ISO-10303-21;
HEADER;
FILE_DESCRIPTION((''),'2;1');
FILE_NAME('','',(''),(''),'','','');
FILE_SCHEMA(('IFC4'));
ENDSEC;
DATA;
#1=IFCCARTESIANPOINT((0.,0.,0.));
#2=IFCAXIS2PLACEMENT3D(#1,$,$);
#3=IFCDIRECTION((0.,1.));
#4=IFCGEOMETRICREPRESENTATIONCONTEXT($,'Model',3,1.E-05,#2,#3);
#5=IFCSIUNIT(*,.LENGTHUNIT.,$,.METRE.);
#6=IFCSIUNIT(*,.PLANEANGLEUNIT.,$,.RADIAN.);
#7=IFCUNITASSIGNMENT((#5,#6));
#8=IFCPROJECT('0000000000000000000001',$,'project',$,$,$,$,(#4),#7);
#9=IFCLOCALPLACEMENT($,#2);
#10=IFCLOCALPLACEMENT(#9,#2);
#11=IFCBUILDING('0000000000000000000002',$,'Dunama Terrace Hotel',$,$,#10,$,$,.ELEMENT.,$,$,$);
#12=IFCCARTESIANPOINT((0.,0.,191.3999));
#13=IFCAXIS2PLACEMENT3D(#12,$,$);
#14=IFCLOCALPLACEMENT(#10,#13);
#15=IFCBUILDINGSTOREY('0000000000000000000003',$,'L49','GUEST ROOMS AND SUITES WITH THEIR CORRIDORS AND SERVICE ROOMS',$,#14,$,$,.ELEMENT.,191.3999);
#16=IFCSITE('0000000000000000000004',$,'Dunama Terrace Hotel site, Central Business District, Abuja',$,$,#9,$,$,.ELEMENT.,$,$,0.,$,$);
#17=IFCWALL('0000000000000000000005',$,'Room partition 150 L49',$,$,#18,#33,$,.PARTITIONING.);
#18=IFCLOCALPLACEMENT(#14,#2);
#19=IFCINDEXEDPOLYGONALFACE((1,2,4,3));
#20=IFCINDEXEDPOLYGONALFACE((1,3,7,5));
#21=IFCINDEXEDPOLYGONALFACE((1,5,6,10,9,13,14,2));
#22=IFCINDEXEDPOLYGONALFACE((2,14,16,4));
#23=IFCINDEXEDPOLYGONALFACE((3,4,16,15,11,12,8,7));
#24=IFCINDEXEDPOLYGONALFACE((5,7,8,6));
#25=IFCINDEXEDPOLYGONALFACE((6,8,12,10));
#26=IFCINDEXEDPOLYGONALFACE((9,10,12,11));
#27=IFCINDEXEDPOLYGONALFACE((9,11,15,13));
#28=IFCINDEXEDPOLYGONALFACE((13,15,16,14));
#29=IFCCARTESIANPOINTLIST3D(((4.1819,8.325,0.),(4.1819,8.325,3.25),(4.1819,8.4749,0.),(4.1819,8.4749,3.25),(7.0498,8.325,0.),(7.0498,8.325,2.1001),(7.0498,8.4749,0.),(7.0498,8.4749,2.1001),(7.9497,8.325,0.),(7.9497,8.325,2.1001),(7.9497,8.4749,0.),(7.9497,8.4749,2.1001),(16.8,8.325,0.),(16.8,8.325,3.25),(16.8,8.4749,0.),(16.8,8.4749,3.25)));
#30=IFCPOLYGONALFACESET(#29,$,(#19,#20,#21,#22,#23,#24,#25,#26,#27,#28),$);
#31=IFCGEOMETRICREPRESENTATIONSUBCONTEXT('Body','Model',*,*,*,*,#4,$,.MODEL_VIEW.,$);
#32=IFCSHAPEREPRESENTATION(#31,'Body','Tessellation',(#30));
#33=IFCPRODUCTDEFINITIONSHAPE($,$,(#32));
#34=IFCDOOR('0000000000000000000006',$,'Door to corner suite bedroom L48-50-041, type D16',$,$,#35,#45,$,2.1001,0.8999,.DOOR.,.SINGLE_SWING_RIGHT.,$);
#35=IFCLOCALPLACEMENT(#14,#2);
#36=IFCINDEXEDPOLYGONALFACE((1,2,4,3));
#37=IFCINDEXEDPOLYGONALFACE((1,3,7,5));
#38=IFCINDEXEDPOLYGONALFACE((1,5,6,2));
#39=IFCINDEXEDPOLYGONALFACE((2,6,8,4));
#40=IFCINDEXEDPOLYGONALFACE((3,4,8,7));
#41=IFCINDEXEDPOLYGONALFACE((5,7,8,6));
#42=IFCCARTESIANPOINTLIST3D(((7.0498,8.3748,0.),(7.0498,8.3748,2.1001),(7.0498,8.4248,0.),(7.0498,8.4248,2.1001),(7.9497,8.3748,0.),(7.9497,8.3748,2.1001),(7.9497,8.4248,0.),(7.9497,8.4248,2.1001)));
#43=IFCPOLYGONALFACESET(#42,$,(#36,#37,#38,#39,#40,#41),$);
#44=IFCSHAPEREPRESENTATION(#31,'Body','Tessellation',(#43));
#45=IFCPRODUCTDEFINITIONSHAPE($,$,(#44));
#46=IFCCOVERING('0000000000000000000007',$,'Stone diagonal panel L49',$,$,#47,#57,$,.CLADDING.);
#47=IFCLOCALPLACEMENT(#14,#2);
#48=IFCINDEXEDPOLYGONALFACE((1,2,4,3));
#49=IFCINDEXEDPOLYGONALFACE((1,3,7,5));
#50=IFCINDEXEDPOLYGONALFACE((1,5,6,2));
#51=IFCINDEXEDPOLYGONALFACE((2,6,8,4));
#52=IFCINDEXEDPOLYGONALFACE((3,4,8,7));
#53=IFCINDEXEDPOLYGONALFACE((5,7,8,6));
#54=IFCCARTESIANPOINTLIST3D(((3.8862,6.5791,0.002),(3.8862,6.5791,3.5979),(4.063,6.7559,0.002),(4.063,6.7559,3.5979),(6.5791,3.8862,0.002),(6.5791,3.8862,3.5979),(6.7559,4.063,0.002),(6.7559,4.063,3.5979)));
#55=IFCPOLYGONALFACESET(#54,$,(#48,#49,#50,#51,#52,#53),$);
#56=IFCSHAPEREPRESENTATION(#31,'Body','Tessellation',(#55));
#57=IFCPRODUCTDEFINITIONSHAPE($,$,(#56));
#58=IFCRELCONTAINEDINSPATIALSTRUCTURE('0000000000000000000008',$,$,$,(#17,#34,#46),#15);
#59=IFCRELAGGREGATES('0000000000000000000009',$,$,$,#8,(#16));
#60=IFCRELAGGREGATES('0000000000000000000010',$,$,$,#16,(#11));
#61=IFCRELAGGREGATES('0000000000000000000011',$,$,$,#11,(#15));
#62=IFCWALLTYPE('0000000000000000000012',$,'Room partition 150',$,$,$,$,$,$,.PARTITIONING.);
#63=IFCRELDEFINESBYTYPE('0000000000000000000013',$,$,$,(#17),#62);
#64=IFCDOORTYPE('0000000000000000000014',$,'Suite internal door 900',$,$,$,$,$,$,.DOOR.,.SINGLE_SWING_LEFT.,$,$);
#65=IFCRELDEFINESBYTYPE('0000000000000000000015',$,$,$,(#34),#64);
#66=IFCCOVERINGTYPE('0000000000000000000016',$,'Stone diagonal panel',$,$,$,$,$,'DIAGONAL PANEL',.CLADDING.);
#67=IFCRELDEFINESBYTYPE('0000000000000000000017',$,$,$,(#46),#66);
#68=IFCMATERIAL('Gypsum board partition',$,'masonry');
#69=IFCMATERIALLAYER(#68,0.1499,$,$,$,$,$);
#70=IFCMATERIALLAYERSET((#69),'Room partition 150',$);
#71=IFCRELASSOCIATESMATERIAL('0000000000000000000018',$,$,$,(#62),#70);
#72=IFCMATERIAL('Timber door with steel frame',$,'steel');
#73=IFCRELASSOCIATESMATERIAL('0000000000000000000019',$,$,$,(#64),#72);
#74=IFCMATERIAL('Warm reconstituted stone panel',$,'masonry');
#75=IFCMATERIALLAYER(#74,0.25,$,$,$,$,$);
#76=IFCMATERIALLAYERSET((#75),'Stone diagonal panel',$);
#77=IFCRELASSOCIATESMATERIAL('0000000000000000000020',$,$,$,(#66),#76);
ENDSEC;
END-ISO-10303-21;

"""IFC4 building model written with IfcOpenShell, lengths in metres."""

from ifc_helpers import new_model, si_unit, direction, frame, frame_2d, origin, origin_2d, place, context, subcontext, project, spatial, rectangle, extrude, material, layer, layer_set, type_object, element, fill, save


model = new_model("IFC4")

# Units and contexts
model_context = context("Model", 3, precision=1e-05, world=origin(), true_north=direction((0.0, 1.0)))
body_context = subcontext(model_context, "Body", "Model", "MODEL_VIEW")
ifc_project = project(units=[si_unit("LENGTHUNIT", "METRE"), si_unit("PLANEANGLEUNIT", "RADIAN")], contexts=[model_context])

# Site, building, storey
site_placement = place(None, origin())
site = spatial("IfcSite", under=ifc_project, at=site_placement, Name="Dunama Terrace Hotel site, Central Business District, Abuja", CompositionType="ELEMENT", RefElevation=0.0)
building_placement = place(site_placement, origin())
building = spatial("IfcBuilding", under=site, at=building_placement, Name="Dunama Terrace Hotel", CompositionType="ELEMENT")
storey_placement = place(building_placement, frame((0.0, 0.0, 191.3999)))
storey = spatial("IfcBuildingStorey", under=building, at=storey_placement, Name="L49", Description="GUEST ROOMS AND SUITES WITH THEIR CORRIDORS AND SERVICE ROOMS", CompositionType="ELEMENT", Elevation=191.3999)

# Wall, opening, door
ifc_material_1 = material(Name="Gypsum board partition", Category="masonry")
ifc_layer_1 = layer(ifc_material_1, 0.1499)
ifc_layer_set_1 = layer_set([ifc_layer_1], Name="Room partition 150")
wall_type = type_object("IfcWallType", Name="Room partition 150", PredefinedType="PARTITIONING", material=ifc_layer_set_1)
ifc_material_2 = material(Name="Timber door with steel frame", Category="steel")
door_type = type_object("IfcDoorType", Name="Suite internal door 900", OperationType="SINGLE_SWING_LEFT", PredefinedType="DOOR", material=ifc_material_2)
wall_1_placement = place(storey_placement, frame((4.1819, 8.3999, 0.0), z_axis=(0.0, 0.0, 1.0), x_axis=(1.0, 0.0, 0.0)))
wall_1 = element("IfcWall", 1, at=wall_1_placement, inside=storey, type_object=wall_type, Name="Room partition 150 L49", PredefinedType="PARTITIONING", context=body_context, shape_type="SweptSolid", body=[
    extrude(rectangle(XDim=12.6182, YDim=0.1499, at=frame_2d((6.3091, 0.0))), origin(), (0.0, 0.0, 1.0), 3.25),
])
opening_1_placement = place(wall_1_placement, frame((2.8679, 0.0, 0.0)))
opening_1 = element("IfcOpeningElement", 2, at=opening_1_placement, cuts=wall_1, PredefinedType="OPENING", context=body_context, shape_type="SweptSolid", body=[
    extrude(rectangle(XDim=0.8999, YDim=2.1001, at=frame_2d((0.45, 1.05))), frame((0.0, 0.085, 0.0), z_axis=(0.0, -1.0, 0.0), x_axis=(1.0, 0.0, 0.0)), (0.0, 0.0, 1.0), 0.1699),
])
door_1_placement = place(opening_1_placement, frame((0.8999, 0.0, 0.0), z_axis=(0.0, 0.0, 1.0), x_axis=(-1.0, 0.0, 0.0)))
door_1 = element("IfcDoor", 3, at=door_1_placement, inside=storey, type_object=door_type, Name="Door to corner suite bedroom L48-50-041, type D16", OperationType="SINGLE_SWING_RIGHT", OverallHeight=2.1001, OverallWidth=0.8999, PredefinedType="DOOR", context=body_context, shape_type="SweptSolid", body=[
    extrude(rectangle(XDim=0.8999, YDim=2.1001, at=frame_2d((0.45, 1.05))), frame((0.0, 0.0251, 0.0), z_axis=(0.0, -1.0, 0.0), x_axis=(1.0, 0.0, 0.0)), (0.0, 0.0, 1.0), 0.05),
])
fill(opening_1, door_1)

# Covering
ifc_material_3 = material(Name="Warm reconstituted stone panel", Category="masonry")
ifc_layer_2 = layer(ifc_material_3, 0.25)
ifc_layer_set_2 = layer_set([ifc_layer_2], Name="Stone diagonal panel")
covering_type = type_object("IfcCoveringType", Name="Stone diagonal panel", ElementType="DIAGONAL PANEL", PredefinedType="CLADDING", material=ifc_layer_set_2)
covering_placement = place(storey_placement, frame((5.321, 5.321, 0.002), z_axis=(0.0, 0.0, 1.0), x_axis=(0.707107, -0.707107, 0.0)))
element("IfcCovering", 4, at=covering_placement, inside=storey, type_object=covering_type, Name="Stone diagonal panel L49", PredefinedType="CLADDING", context=body_context, shape_type="SweptSolid", body=[
    extrude(rectangle(XDim=3.8083, YDim=0.25, at=origin_2d()), origin(), (0.0, 0.0, 1.0), 3.5959),
])

save(model, "model.ifc")
